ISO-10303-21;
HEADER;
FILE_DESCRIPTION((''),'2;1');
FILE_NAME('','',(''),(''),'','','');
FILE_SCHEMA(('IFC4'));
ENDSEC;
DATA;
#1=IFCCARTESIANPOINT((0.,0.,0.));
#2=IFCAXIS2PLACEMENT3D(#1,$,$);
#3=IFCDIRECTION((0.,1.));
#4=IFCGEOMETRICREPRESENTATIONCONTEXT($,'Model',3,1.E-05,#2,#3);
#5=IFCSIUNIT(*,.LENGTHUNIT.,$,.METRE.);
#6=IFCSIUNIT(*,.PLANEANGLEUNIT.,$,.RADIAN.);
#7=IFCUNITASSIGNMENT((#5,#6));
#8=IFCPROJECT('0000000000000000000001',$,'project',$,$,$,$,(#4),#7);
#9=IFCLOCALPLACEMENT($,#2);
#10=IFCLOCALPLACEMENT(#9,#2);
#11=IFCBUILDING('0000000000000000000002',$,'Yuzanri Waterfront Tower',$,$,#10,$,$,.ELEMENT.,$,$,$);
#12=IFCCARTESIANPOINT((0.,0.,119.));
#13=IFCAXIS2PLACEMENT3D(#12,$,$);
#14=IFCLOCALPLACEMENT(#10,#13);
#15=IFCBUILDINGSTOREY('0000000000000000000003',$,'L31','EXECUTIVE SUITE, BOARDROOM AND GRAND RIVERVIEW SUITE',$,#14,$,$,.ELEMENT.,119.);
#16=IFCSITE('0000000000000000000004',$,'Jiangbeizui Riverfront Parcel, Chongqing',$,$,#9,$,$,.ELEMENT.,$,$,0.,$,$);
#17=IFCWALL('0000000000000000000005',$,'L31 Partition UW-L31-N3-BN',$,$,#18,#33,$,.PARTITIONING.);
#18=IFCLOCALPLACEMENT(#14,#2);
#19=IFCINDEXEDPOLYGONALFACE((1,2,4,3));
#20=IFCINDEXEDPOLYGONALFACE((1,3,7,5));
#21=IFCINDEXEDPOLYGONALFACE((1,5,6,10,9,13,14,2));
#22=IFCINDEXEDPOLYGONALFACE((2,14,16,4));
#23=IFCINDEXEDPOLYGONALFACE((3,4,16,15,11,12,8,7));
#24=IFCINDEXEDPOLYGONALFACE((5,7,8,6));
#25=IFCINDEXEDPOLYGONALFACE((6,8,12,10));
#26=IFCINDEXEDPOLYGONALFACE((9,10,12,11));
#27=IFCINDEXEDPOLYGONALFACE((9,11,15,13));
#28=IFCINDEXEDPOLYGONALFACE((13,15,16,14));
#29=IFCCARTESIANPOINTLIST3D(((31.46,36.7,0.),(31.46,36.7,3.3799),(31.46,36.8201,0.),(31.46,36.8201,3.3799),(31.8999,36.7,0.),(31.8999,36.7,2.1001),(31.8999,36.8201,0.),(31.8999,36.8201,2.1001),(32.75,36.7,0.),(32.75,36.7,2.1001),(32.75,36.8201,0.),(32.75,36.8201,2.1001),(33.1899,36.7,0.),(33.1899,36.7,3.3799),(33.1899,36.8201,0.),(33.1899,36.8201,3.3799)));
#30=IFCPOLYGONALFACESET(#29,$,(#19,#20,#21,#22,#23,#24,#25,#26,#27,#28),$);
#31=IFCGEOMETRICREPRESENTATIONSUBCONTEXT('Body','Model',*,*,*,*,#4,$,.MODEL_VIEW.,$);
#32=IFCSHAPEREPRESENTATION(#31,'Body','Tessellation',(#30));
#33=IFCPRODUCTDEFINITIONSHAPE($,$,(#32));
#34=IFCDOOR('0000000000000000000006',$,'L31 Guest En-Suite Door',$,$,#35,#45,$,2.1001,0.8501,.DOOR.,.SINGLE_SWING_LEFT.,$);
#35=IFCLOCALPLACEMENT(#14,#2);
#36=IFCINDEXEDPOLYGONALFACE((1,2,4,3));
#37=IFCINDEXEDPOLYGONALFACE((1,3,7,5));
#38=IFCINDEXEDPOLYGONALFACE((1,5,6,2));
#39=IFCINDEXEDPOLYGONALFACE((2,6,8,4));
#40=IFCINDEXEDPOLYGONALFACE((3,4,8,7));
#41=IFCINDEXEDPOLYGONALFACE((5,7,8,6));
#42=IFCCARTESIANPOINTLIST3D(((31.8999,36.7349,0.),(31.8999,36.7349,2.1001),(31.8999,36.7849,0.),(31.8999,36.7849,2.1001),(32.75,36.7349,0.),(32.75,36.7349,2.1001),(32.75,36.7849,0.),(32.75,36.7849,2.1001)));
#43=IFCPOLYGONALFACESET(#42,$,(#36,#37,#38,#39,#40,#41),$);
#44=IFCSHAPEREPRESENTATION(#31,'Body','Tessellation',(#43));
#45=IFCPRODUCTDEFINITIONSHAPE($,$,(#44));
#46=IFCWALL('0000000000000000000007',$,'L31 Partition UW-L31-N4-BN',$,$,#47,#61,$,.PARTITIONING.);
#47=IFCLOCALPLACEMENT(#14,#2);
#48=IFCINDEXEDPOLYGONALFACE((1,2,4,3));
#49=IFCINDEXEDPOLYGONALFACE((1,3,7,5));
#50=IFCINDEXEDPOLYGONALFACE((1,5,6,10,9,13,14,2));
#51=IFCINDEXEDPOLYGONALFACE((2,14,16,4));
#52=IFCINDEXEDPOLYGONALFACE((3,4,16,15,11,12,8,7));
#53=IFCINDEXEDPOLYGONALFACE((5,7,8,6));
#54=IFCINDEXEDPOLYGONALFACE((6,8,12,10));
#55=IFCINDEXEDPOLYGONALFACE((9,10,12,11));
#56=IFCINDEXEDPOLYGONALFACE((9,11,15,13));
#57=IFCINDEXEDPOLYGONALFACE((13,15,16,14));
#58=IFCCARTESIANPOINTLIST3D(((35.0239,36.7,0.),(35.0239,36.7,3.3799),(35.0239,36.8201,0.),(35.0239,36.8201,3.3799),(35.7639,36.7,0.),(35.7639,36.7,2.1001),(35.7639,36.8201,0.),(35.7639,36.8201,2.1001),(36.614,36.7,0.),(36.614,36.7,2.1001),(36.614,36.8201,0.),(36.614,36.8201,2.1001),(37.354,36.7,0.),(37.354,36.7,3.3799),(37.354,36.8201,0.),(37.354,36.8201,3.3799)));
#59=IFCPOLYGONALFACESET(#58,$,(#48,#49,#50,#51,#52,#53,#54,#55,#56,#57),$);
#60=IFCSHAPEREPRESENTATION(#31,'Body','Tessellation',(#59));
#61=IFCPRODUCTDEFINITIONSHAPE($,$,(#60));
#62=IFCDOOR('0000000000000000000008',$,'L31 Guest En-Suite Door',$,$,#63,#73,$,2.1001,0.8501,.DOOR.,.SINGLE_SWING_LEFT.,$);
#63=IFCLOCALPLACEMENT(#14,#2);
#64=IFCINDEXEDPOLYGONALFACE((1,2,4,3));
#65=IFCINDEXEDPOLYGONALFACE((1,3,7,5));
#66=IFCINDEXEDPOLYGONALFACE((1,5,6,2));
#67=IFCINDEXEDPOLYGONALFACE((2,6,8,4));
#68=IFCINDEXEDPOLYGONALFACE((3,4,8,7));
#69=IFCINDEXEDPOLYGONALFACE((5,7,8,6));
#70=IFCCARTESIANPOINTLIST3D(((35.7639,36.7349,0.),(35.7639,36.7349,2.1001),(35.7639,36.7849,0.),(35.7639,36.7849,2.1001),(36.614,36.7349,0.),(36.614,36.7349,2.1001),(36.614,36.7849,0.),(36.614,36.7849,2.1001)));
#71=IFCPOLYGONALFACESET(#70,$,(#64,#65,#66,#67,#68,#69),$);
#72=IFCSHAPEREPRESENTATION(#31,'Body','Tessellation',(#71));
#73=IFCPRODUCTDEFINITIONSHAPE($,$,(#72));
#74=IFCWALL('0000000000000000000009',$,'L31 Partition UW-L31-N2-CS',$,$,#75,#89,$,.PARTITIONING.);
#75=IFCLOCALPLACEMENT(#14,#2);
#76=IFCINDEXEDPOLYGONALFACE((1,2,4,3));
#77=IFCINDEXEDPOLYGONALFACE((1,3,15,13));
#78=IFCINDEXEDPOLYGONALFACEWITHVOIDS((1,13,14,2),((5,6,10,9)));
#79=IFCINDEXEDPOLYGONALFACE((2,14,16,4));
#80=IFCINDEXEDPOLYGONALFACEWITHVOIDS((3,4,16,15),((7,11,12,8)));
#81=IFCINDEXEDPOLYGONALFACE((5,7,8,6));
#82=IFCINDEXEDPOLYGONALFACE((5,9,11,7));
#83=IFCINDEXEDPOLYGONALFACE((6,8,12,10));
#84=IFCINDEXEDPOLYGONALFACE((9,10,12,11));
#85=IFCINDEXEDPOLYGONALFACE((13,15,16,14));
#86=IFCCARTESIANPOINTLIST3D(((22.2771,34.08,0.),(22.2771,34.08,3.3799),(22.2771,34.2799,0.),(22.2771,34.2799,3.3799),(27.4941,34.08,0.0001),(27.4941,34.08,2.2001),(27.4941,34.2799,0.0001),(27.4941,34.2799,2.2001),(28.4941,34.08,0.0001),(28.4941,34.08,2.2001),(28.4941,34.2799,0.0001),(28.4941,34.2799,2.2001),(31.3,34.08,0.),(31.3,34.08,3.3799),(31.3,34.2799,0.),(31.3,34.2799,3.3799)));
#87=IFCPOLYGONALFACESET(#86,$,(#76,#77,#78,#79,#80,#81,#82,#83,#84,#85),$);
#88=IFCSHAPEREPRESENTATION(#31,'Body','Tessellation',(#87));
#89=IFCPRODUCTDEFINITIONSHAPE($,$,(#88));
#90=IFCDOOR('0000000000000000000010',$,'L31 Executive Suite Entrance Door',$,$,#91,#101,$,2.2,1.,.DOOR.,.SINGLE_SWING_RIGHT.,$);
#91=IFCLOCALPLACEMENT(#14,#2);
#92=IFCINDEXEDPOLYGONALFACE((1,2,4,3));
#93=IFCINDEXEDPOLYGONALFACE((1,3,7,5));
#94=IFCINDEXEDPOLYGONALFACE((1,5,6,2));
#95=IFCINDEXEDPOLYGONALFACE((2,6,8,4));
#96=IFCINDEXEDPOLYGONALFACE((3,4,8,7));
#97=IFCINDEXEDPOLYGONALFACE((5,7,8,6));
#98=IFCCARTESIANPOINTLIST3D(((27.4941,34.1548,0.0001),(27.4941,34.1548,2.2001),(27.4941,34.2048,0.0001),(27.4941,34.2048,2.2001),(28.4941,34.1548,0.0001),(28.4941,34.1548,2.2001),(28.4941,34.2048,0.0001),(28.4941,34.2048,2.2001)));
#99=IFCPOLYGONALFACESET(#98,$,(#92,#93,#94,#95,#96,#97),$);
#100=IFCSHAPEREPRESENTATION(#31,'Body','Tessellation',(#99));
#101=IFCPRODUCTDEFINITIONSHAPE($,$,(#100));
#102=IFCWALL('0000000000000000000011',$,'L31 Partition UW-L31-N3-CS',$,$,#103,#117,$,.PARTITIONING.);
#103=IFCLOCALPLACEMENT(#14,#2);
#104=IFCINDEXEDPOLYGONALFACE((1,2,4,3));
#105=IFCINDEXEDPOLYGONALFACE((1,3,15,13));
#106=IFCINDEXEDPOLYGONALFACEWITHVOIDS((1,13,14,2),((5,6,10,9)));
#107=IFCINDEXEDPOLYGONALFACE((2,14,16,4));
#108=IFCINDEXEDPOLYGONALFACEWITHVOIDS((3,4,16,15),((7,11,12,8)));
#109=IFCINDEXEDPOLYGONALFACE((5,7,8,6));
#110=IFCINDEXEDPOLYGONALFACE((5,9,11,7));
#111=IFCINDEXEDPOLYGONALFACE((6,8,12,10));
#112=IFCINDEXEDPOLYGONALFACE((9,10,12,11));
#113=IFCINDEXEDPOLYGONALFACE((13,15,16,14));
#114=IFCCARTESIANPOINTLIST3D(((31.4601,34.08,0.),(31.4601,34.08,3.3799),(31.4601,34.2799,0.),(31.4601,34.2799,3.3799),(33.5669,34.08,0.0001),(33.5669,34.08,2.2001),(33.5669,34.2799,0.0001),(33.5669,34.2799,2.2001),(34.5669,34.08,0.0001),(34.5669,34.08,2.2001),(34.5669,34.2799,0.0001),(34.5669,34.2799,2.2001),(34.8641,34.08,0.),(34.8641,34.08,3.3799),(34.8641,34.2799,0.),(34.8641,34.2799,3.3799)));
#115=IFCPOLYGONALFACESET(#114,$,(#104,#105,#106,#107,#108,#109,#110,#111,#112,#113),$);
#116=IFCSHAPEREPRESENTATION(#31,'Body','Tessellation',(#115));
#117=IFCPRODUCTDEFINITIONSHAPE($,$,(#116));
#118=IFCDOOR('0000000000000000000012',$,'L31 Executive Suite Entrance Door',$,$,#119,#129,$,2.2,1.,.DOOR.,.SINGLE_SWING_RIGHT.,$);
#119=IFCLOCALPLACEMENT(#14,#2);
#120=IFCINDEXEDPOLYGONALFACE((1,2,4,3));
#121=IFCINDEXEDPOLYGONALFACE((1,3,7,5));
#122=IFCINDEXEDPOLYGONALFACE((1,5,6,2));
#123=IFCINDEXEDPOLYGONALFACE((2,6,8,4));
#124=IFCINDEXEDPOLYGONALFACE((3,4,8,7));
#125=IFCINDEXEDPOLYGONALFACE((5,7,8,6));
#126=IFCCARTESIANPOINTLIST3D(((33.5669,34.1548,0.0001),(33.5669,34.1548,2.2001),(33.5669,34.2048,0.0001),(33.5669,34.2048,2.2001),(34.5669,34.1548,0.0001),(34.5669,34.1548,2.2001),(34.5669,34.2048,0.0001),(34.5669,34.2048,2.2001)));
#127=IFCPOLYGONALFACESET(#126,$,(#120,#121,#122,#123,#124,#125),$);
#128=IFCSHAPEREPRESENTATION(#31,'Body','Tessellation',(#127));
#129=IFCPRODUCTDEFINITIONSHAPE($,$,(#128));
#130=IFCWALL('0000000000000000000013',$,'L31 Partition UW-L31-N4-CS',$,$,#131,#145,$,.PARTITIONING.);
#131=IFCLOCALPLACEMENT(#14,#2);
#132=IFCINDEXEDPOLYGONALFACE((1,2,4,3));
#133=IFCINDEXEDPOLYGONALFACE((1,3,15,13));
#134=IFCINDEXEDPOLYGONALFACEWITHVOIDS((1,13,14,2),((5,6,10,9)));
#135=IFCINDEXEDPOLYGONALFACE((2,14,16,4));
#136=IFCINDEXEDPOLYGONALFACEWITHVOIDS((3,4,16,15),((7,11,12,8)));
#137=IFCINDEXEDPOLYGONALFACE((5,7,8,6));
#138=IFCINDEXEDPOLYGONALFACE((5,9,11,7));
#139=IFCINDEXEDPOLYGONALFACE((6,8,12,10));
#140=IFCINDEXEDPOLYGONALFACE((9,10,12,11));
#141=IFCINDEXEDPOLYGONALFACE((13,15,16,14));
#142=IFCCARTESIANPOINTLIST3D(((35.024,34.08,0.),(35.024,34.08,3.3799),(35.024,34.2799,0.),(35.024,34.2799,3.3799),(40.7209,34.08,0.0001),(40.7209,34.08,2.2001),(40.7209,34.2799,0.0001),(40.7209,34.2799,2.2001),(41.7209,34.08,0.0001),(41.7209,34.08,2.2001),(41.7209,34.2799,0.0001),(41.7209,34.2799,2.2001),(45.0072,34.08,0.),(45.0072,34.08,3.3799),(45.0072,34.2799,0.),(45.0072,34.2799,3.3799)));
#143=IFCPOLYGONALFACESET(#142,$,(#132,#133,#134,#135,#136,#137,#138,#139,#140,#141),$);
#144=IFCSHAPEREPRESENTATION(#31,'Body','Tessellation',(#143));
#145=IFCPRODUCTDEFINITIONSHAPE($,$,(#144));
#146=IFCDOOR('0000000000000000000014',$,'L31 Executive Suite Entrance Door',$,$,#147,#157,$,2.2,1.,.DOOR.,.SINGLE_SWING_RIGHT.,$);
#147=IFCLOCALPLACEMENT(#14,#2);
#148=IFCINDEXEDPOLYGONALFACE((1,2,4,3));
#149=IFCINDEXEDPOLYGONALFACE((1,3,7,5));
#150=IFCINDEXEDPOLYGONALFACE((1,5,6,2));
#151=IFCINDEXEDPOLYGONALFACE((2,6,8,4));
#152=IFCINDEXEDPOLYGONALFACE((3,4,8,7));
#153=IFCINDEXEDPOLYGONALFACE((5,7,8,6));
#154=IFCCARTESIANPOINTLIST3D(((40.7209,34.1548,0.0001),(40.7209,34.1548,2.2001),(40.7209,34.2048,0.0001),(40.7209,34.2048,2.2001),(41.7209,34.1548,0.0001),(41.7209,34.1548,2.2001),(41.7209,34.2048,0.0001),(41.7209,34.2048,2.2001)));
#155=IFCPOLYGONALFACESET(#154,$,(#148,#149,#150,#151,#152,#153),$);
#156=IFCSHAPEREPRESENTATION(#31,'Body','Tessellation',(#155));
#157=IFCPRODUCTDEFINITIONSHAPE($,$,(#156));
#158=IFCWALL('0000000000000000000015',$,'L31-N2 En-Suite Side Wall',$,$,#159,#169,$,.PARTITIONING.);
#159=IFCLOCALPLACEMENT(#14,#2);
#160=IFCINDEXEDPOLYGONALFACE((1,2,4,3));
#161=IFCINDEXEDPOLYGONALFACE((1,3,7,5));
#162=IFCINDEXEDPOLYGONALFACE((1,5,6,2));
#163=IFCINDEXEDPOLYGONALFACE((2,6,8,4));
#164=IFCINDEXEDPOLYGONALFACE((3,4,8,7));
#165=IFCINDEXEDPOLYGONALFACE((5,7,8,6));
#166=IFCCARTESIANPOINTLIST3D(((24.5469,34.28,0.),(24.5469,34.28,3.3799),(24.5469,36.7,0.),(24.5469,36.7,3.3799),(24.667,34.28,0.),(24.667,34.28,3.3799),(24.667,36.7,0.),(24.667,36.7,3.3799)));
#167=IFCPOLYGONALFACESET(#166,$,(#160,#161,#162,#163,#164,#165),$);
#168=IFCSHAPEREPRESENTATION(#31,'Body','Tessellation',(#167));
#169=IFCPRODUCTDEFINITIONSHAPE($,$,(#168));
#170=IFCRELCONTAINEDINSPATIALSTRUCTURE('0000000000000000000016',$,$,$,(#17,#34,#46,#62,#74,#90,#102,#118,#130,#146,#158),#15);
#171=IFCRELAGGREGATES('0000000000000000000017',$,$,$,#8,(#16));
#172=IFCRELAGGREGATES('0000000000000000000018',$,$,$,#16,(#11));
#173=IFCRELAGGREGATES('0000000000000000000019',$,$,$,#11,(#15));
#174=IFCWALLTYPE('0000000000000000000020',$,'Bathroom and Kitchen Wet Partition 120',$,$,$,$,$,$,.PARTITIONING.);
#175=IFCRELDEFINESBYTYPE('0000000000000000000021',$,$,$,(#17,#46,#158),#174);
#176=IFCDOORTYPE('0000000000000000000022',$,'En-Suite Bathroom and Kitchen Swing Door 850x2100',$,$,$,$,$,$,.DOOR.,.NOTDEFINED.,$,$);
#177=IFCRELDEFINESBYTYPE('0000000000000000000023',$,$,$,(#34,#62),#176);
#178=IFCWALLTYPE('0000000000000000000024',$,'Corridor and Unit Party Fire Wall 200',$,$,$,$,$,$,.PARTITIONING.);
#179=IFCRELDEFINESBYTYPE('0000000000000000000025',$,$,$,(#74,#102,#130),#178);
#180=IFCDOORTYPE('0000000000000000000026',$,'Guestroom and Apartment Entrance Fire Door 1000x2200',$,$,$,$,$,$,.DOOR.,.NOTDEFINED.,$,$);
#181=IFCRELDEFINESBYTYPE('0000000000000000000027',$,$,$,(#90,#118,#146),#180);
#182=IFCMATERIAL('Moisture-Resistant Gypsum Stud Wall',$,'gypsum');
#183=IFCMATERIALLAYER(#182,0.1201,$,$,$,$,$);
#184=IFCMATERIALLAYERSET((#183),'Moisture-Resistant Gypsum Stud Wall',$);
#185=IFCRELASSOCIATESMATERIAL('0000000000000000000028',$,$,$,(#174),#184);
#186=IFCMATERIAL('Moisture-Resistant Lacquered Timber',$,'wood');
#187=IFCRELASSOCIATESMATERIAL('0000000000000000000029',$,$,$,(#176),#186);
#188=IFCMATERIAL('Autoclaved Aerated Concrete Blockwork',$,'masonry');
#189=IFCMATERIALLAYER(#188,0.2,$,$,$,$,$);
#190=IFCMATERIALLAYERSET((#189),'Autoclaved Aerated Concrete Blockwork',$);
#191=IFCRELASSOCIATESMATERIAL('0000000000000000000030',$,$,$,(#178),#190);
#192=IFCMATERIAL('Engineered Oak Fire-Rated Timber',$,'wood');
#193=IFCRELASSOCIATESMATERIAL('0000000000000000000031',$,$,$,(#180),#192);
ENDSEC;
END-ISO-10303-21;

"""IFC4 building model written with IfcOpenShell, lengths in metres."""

from ifc_helpers import new_model, si_unit, direction, frame, frame_2d, origin, place, context, subcontext, project, spatial, rectangle, extrude, source, transform, mapped, material, layer, layer_set, type_object, element, fill, save


model = new_model("IFC4")

# Units and contexts
model_context = context("Model", 3, precision=1e-05, world=origin(), true_north=direction((0.0, 1.0)))
body_context = subcontext(model_context, "Body", "Model", "MODEL_VIEW")
ifc_project = project(units=[si_unit("LENGTHUNIT", "METRE"), si_unit("PLANEANGLEUNIT", "RADIAN")], contexts=[model_context])

# Site, building, storey
site_placement = place(None, origin())
site = spatial("IfcSite", under=ifc_project, at=site_placement, Name="Jiangbeizui Riverfront Parcel, Chongqing", CompositionType="ELEMENT", RefElevation=0.0)
building_placement = place(site_placement, origin())
building = spatial("IfcBuilding", under=site, at=building_placement, Name="Yuzanri Waterfront Tower", CompositionType="ELEMENT")
storey_placement = place(building_placement, frame((0.0, 0.0, 119.0)))
storey = spatial("IfcBuildingStorey", under=building, at=storey_placement, Name="L31", Description="EXECUTIVE SUITE, BOARDROOM AND GRAND RIVERVIEW SUITE", CompositionType="ELEMENT", Elevation=119.0)

# Walls, openings, doors
ifc_material_1 = material(Name="Moisture-Resistant Gypsum Stud Wall", Category="gypsum")
ifc_layer_1 = layer(ifc_material_1, 0.1201)
ifc_layer_set_1 = layer_set([ifc_layer_1], Name="Moisture-Resistant Gypsum Stud Wall")
wall_type_1 = type_object("IfcWallType", Name="Bathroom and Kitchen Wet Partition 120", PredefinedType="PARTITIONING", material=ifc_layer_set_1)
ifc_material_2 = material(Name="Moisture-Resistant Lacquered Timber", Category="wood")
door_type_1 = type_object("IfcDoorType", Name="En-Suite Bathroom and Kitchen Swing Door 850x2100", OperationType="NOTDEFINED", PredefinedType="DOOR", material=ifc_material_2)
shared_shape_1 = source(origin(), body_context, "Body", "SweptSolid", [
    extrude(rectangle(XDim=0.8501, YDim=2.1001, at=frame_2d((0.425, 1.05))), frame((0.0, 0.0249, 0.0), z_axis=(0.0, -1.0, 0.0), x_axis=(1.0, 0.0, 0.0)), (0.0, 0.0, 1.0), 0.05),
])
wall_1_placement = place(storey_placement, frame((31.46, 36.76, 0.0), z_axis=(0.0, 0.0, 1.0), x_axis=(1.0, 0.0, 0.0)))
wall_1 = element("IfcWall", 1, at=wall_1_placement, inside=storey, type_object=wall_type_1, Name="L31 Partition UW-L31-N3-BN", PredefinedType="PARTITIONING", context=body_context, shape_type="SweptSolid", body=[
    extrude(rectangle(XDim=1.73, YDim=0.1201, at=frame_2d((0.865, 0.0))), origin(), (0.0, 0.0, 1.0), 3.3799),
])
opening_1_placement = place(wall_1_placement, frame((0.4399, 0.0, 0.0)))
opening_1 = element("IfcOpeningElement", 2, at=opening_1_placement, cuts=wall_1, PredefinedType="OPENING", context=body_context, shape_type="SweptSolid", body=[
    extrude(rectangle(XDim=0.8501, YDim=2.1001, at=frame_2d((0.425, 1.05))), frame((0.0, 0.075, 0.0), z_axis=(0.0, -1.0, 0.0), x_axis=(1.0, 0.0, 0.0)), (0.0, 0.0, 1.0), 0.1499),
])
door_1_placement = place(opening_1_placement, origin())
door_1 = element("IfcDoor", 3, at=door_1_placement, inside=storey, type_object=door_type_1, Name="L31 Guest En-Suite Door", OperationType="SINGLE_SWING_LEFT", OverallHeight=2.1001, OverallWidth=0.8501, PredefinedType="DOOR", context=body_context, shape_type="MappedRepresentation", body=[
    mapped(shared_shape_1, transform((0.0, 0.0, 0.0), scale=1.0)),
])
fill(opening_1, door_1)
wall_2_placement = place(storey_placement, frame((35.0239, 36.76, 0.0), z_axis=(0.0, 0.0, 1.0), x_axis=(1.0, 0.0, 0.0)))
wall_2 = element("IfcWall", 4, at=wall_2_placement, inside=storey, type_object=wall_type_1, Name="L31 Partition UW-L31-N4-BN", PredefinedType="PARTITIONING", context=body_context, shape_type="SweptSolid", body=[
    extrude(rectangle(XDim=2.3301, YDim=0.1201, at=frame_2d((1.165, 0.0))), origin(), (0.0, 0.0, 1.0), 3.3799),
])
opening_2_placement = place(wall_2_placement, frame((0.74, 0.0, 0.0)))
opening_2 = element("IfcOpeningElement", 5, at=opening_2_placement, cuts=wall_2, PredefinedType="OPENING", context=body_context, shape_type="SweptSolid", body=[
    extrude(rectangle(XDim=0.8501, YDim=2.1001, at=frame_2d((0.425, 1.05))), frame((0.0, 0.075, 0.0), z_axis=(0.0, -1.0, 0.0), x_axis=(1.0, 0.0, 0.0)), (0.0, 0.0, 1.0), 0.1499),
])
door_2_placement = place(opening_2_placement, origin())
door_2 = element("IfcDoor", 6, at=door_2_placement, inside=storey, type_object=door_type_1, Name="L31 Guest En-Suite Door", OperationType="SINGLE_SWING_LEFT", OverallHeight=2.1001, OverallWidth=0.8501, PredefinedType="DOOR", context=body_context, shape_type="MappedRepresentation", body=[
    mapped(shared_shape_1, transform((0.0, 0.0, 0.0), scale=1.0)),
])
fill(opening_2, door_2)
ifc_material_3 = material(Name="Autoclaved Aerated Concrete Blockwork", Category="masonry")
ifc_layer_2 = layer(ifc_material_3, 0.2)
ifc_layer_set_2 = layer_set([ifc_layer_2], Name="Autoclaved Aerated Concrete Blockwork")
wall_type_2 = type_object("IfcWallType", Name="Corridor and Unit Party Fire Wall 200", PredefinedType="PARTITIONING", material=ifc_layer_set_2)
wall_3_placement = place(storey_placement, frame((22.2771, 34.1799, 0.0), z_axis=(0.0, 0.0, 1.0), x_axis=(1.0, 0.0, 0.0)))
wall_3 = element("IfcWall", 7, at=wall_3_placement, inside=storey, type_object=wall_type_2, Name="L31 Partition UW-L31-N2-CS", PredefinedType="PARTITIONING", context=body_context, shape_type="SweptSolid", body=[
    extrude(rectangle(XDim=9.0229, YDim=0.2, at=frame_2d((4.5115, 0.0))), origin(), (0.0, 0.0, 1.0), 3.3799),
])
opening_3_placement = place(wall_3_placement, frame((5.217, 0.0, 0.0)))
opening_3 = element("IfcOpeningElement", 8, at=opening_3_placement, cuts=wall_3, PredefinedType="OPENING", context=body_context, shape_type="SweptSolid", body=[
    extrude(rectangle(XDim=1.0, YDim=2.2, at=frame_2d((0.5, 1.1001))), frame((0.0, 0.1147, 0.0), z_axis=(0.0, -1.0, 0.0), x_axis=(1.0, 0.0, 0.0)), (0.0, 0.0, 1.0), 0.2297),
])
ifc_material_4 = material(Name="Engineered Oak Fire-Rated Timber", Category="wood")
door_type_2 = type_object("IfcDoorType", Name="Guestroom and Apartment Entrance Fire Door 1000x2200", OperationType="NOTDEFINED", PredefinedType="DOOR", material=ifc_material_4)
shared_shape_2 = source(origin(), body_context, "Body", "SweptSolid", [
    extrude(rectangle(XDim=1.0, YDim=2.2, at=frame_2d((0.5, 1.1001))), frame((0.0, 0.0249, 0.0), z_axis=(0.0, -1.0, 0.0), x_axis=(1.0, 0.0, 0.0)), (0.0, 0.0, 1.0), 0.05),
])
door_3_placement = place(opening_3_placement, origin())
door_3 = element("IfcDoor", 9, at=door_3_placement, inside=storey, type_object=door_type_2, Name="L31 Executive Suite Entrance Door", OperationType="SINGLE_SWING_RIGHT", OverallHeight=2.2, OverallWidth=1.0, PredefinedType="DOOR", context=body_context, shape_type="MappedRepresentation", body=[
    mapped(shared_shape_2, transform((0.0, 0.0, 0.0), scale=1.0)),
])
fill(opening_3, door_3)
wall_4_placement = place(storey_placement, frame((31.46, 34.1799, 0.0), z_axis=(0.0, 0.0, 1.0), x_axis=(1.0, 0.0, 0.0)))
wall_4 = element("IfcWall", 10, at=wall_4_placement, inside=storey, type_object=wall_type_2, Name="L31 Partition UW-L31-N3-CS", PredefinedType="PARTITIONING", context=body_context, shape_type="SweptSolid", body=[
    extrude(rectangle(XDim=3.4041, YDim=0.2, at=frame_2d((1.7021, 0.0))), origin(), (0.0, 0.0, 1.0), 3.3799),
])
opening_4_placement = place(wall_4_placement, frame((2.1069, 0.0, 0.0)))
opening_4 = element("IfcOpeningElement", 11, at=opening_4_placement, cuts=wall_4, PredefinedType="OPENING", context=body_context, shape_type="SweptSolid", body=[
    extrude(rectangle(XDim=1.0, YDim=2.2, at=frame_2d((0.5, 1.1001))), frame((0.0, 0.1147, 0.0), z_axis=(0.0, -1.0, 0.0), x_axis=(1.0, 0.0, 0.0)), (0.0, 0.0, 1.0), 0.2297),
])
door_4_placement = place(opening_4_placement, origin())
door_4 = element("IfcDoor", 12, at=door_4_placement, inside=storey, type_object=door_type_2, Name="L31 Executive Suite Entrance Door", OperationType="SINGLE_SWING_RIGHT", OverallHeight=2.2, OverallWidth=1.0, PredefinedType="DOOR", context=body_context, shape_type="MappedRepresentation", body=[
    mapped(shared_shape_2, transform((0.0, 0.0, 0.0), scale=1.0)),
])
fill(opening_4, door_4)
wall_5_placement = place(storey_placement, frame((35.0239, 34.1799, 0.0), z_axis=(0.0, 0.0, 1.0), x_axis=(1.0, 0.0, 0.0)))
wall_5 = element("IfcWall", 13, at=wall_5_placement, inside=storey, type_object=wall_type_2, Name="L31 Partition UW-L31-N4-CS", PredefinedType="PARTITIONING", context=body_context, shape_type="SweptSolid", body=[
    extrude(rectangle(XDim=9.9832, YDim=0.2, at=frame_2d((4.9917, 0.0))), origin(), (0.0, 0.0, 1.0), 3.3799),
])
opening_5_placement = place(wall_5_placement, frame((5.697, 0.0, 0.0)))
opening_5 = element("IfcOpeningElement", 14, at=opening_5_placement, cuts=wall_5, PredefinedType="OPENING", context=body_context, shape_type="SweptSolid", body=[
    extrude(rectangle(XDim=1.0, YDim=2.2, at=frame_2d((0.5, 1.1001))), frame((0.0, 0.1147, 0.0), z_axis=(0.0, -1.0, 0.0), x_axis=(1.0, 0.0, 0.0)), (0.0, 0.0, 1.0), 0.2297),
])
door_5_placement = place(opening_5_placement, origin())
door_5 = element("IfcDoor", 15, at=door_5_placement, inside=storey, type_object=door_type_2, Name="L31 Executive Suite Entrance Door", OperationType="SINGLE_SWING_RIGHT", OverallHeight=2.2, OverallWidth=1.0, PredefinedType="DOOR", context=body_context, shape_type="MappedRepresentation", body=[
    mapped(shared_shape_2, transform((0.0, 0.0, 0.0), scale=1.0)),
])
fill(opening_5, door_5)

# Wall
shared_shape_3 = source(origin(), body_context, "Body", "SweptSolid", [
    extrude(rectangle(XDim=2.4199, YDim=0.1201, at=frame_2d((1.21, 0.0))), origin(), (0.0, 0.0, 1.0), 3.3799),
])
for number, where, z_axis, x_axis, name in (
    (16, (24.6069, 34.28, 0.0), (0.0, 0.0, 1.0), (0.0, 1.0, 0.0), "L31-N2 En-Suite Side Wall"),
):
    element("IfcWall", number, at=place(storey_placement, frame(where, z_axis=z_axis, x_axis=x_axis)), inside=storey, type_object=wall_type_1, Name=name, PredefinedType="PARTITIONING", context=body_context, shape_type="MappedRepresentation", body=[
        mapped(shared_shape_3, transform((0.0, 0.0, 0.0), scale=1.0)),
    ])

save(model, "model.ifc")
